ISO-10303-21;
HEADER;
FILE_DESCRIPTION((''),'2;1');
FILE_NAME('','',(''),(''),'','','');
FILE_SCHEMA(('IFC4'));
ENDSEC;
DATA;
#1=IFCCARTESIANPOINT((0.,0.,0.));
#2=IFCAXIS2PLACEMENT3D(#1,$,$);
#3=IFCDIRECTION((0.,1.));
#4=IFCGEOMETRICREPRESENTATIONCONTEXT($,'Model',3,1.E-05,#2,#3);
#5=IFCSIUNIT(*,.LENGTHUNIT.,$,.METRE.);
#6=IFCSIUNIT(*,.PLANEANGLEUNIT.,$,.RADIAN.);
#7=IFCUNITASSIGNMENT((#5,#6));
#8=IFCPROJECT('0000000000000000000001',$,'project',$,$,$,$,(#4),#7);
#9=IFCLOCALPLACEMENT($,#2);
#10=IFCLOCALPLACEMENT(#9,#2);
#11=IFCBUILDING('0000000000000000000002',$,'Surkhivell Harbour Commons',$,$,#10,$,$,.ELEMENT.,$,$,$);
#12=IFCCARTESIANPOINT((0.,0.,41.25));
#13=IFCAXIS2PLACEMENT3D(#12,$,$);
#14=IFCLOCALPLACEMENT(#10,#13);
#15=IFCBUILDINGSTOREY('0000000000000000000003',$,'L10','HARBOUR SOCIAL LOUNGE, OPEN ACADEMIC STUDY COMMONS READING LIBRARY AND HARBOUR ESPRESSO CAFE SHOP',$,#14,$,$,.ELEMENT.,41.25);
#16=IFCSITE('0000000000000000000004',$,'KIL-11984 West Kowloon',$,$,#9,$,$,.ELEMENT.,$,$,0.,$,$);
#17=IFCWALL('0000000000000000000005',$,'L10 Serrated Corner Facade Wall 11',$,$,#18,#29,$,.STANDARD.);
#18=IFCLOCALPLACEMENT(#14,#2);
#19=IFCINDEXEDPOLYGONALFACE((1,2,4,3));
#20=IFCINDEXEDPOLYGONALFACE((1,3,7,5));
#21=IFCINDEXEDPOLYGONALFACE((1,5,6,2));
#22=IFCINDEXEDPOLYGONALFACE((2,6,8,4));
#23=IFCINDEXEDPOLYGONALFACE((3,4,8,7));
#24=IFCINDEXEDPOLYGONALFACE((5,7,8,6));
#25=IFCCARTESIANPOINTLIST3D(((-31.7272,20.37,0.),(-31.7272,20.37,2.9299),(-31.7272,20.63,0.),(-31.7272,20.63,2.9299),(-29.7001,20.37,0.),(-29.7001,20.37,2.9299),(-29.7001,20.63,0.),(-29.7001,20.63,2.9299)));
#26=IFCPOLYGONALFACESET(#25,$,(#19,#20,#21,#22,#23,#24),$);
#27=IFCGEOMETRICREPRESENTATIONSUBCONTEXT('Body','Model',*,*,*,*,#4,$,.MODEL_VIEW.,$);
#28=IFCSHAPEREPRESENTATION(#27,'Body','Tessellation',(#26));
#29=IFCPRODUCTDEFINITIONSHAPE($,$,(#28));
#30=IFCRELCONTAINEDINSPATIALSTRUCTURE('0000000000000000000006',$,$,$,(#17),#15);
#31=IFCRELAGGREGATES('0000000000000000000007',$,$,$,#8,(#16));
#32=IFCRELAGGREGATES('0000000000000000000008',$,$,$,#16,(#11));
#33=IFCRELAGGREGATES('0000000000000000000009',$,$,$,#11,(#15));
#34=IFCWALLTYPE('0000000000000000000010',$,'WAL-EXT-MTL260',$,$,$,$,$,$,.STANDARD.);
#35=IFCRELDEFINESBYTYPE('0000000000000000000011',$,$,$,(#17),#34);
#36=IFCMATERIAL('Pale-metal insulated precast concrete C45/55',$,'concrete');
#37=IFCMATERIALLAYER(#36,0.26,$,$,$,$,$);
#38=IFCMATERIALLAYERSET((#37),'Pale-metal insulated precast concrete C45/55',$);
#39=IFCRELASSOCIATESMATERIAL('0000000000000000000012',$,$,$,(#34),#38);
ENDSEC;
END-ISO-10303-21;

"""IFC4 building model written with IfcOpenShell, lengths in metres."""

from ifc_helpers import new_model, si_unit, direction, frame, frame_2d, origin, place, context, subcontext, project, spatial, rectangle, extrude, material, layer, layer_set, type_object, element, save


model = new_model("IFC4")

# Units and contexts
model_context = context("Model", 3, precision=1e-05, world=origin(), true_north=direction((0.0, 1.0)))
body_context = subcontext(model_context, "Body", "Model", "MODEL_VIEW")
ifc_project = project(units=[si_unit("LENGTHUNIT", "METRE"), si_unit("PLANEANGLEUNIT", "RADIAN")], contexts=[model_context])

# Site, building, storey
site_placement = place(None, origin())
site = spatial("IfcSite", under=ifc_project, at=site_placement, Name="KIL-11984 West Kowloon", CompositionType="ELEMENT", RefElevation=0.0)
building_placement = place(site_placement, origin())
building = spatial("IfcBuilding", under=site, at=building_placement, Name="Surkhivell Harbour Commons", CompositionType="ELEMENT")
storey_placement = place(building_placement, frame((0.0, 0.0, 41.25)))
storey = spatial("IfcBuildingStorey", under=building, at=storey_placement, Name="L10", Description="HARBOUR SOCIAL LOUNGE, OPEN ACADEMIC STUDY COMMONS READING LIBRARY AND HARBOUR ESPRESSO CAFE SHOP", CompositionType="ELEMENT", Elevation=41.25)

# Shared definitions
ifc_material_1 = material(Name="Pale-metal insulated precast concrete C45/55", Category="concrete")
ifc_layer_1 = layer(ifc_material_1, 0.26)
ifc_layer_set_1 = layer_set([ifc_layer_1], Name="Pale-metal insulated precast concrete C45/55")
wall_type = type_object("IfcWallType", Name="WAL-EXT-MTL260", PredefinedType="STANDARD", material=ifc_layer_set_1)

# Wall
wall_1_placement = place(storey_placement, frame((-29.7, 20.5, 0.0), z_axis=(0.0, 0.0, 1.0), x_axis=(-1.0, 0.0, 0.0)))
element("IfcWall", 1, at=wall_1_placement, inside=storey, type_object=wall_type, Name="L10 Serrated Corner Facade Wall 11", PredefinedType="STANDARD", context=body_context, shape_type="SweptSolid", body=[
    extrude(rectangle(XDim=2.0271, YDim=0.26, at=frame_2d((1.0137, 0.0))), origin(), (0.0, 0.0, 1.0), 2.9299),
])

save(model, "model.ifc")
